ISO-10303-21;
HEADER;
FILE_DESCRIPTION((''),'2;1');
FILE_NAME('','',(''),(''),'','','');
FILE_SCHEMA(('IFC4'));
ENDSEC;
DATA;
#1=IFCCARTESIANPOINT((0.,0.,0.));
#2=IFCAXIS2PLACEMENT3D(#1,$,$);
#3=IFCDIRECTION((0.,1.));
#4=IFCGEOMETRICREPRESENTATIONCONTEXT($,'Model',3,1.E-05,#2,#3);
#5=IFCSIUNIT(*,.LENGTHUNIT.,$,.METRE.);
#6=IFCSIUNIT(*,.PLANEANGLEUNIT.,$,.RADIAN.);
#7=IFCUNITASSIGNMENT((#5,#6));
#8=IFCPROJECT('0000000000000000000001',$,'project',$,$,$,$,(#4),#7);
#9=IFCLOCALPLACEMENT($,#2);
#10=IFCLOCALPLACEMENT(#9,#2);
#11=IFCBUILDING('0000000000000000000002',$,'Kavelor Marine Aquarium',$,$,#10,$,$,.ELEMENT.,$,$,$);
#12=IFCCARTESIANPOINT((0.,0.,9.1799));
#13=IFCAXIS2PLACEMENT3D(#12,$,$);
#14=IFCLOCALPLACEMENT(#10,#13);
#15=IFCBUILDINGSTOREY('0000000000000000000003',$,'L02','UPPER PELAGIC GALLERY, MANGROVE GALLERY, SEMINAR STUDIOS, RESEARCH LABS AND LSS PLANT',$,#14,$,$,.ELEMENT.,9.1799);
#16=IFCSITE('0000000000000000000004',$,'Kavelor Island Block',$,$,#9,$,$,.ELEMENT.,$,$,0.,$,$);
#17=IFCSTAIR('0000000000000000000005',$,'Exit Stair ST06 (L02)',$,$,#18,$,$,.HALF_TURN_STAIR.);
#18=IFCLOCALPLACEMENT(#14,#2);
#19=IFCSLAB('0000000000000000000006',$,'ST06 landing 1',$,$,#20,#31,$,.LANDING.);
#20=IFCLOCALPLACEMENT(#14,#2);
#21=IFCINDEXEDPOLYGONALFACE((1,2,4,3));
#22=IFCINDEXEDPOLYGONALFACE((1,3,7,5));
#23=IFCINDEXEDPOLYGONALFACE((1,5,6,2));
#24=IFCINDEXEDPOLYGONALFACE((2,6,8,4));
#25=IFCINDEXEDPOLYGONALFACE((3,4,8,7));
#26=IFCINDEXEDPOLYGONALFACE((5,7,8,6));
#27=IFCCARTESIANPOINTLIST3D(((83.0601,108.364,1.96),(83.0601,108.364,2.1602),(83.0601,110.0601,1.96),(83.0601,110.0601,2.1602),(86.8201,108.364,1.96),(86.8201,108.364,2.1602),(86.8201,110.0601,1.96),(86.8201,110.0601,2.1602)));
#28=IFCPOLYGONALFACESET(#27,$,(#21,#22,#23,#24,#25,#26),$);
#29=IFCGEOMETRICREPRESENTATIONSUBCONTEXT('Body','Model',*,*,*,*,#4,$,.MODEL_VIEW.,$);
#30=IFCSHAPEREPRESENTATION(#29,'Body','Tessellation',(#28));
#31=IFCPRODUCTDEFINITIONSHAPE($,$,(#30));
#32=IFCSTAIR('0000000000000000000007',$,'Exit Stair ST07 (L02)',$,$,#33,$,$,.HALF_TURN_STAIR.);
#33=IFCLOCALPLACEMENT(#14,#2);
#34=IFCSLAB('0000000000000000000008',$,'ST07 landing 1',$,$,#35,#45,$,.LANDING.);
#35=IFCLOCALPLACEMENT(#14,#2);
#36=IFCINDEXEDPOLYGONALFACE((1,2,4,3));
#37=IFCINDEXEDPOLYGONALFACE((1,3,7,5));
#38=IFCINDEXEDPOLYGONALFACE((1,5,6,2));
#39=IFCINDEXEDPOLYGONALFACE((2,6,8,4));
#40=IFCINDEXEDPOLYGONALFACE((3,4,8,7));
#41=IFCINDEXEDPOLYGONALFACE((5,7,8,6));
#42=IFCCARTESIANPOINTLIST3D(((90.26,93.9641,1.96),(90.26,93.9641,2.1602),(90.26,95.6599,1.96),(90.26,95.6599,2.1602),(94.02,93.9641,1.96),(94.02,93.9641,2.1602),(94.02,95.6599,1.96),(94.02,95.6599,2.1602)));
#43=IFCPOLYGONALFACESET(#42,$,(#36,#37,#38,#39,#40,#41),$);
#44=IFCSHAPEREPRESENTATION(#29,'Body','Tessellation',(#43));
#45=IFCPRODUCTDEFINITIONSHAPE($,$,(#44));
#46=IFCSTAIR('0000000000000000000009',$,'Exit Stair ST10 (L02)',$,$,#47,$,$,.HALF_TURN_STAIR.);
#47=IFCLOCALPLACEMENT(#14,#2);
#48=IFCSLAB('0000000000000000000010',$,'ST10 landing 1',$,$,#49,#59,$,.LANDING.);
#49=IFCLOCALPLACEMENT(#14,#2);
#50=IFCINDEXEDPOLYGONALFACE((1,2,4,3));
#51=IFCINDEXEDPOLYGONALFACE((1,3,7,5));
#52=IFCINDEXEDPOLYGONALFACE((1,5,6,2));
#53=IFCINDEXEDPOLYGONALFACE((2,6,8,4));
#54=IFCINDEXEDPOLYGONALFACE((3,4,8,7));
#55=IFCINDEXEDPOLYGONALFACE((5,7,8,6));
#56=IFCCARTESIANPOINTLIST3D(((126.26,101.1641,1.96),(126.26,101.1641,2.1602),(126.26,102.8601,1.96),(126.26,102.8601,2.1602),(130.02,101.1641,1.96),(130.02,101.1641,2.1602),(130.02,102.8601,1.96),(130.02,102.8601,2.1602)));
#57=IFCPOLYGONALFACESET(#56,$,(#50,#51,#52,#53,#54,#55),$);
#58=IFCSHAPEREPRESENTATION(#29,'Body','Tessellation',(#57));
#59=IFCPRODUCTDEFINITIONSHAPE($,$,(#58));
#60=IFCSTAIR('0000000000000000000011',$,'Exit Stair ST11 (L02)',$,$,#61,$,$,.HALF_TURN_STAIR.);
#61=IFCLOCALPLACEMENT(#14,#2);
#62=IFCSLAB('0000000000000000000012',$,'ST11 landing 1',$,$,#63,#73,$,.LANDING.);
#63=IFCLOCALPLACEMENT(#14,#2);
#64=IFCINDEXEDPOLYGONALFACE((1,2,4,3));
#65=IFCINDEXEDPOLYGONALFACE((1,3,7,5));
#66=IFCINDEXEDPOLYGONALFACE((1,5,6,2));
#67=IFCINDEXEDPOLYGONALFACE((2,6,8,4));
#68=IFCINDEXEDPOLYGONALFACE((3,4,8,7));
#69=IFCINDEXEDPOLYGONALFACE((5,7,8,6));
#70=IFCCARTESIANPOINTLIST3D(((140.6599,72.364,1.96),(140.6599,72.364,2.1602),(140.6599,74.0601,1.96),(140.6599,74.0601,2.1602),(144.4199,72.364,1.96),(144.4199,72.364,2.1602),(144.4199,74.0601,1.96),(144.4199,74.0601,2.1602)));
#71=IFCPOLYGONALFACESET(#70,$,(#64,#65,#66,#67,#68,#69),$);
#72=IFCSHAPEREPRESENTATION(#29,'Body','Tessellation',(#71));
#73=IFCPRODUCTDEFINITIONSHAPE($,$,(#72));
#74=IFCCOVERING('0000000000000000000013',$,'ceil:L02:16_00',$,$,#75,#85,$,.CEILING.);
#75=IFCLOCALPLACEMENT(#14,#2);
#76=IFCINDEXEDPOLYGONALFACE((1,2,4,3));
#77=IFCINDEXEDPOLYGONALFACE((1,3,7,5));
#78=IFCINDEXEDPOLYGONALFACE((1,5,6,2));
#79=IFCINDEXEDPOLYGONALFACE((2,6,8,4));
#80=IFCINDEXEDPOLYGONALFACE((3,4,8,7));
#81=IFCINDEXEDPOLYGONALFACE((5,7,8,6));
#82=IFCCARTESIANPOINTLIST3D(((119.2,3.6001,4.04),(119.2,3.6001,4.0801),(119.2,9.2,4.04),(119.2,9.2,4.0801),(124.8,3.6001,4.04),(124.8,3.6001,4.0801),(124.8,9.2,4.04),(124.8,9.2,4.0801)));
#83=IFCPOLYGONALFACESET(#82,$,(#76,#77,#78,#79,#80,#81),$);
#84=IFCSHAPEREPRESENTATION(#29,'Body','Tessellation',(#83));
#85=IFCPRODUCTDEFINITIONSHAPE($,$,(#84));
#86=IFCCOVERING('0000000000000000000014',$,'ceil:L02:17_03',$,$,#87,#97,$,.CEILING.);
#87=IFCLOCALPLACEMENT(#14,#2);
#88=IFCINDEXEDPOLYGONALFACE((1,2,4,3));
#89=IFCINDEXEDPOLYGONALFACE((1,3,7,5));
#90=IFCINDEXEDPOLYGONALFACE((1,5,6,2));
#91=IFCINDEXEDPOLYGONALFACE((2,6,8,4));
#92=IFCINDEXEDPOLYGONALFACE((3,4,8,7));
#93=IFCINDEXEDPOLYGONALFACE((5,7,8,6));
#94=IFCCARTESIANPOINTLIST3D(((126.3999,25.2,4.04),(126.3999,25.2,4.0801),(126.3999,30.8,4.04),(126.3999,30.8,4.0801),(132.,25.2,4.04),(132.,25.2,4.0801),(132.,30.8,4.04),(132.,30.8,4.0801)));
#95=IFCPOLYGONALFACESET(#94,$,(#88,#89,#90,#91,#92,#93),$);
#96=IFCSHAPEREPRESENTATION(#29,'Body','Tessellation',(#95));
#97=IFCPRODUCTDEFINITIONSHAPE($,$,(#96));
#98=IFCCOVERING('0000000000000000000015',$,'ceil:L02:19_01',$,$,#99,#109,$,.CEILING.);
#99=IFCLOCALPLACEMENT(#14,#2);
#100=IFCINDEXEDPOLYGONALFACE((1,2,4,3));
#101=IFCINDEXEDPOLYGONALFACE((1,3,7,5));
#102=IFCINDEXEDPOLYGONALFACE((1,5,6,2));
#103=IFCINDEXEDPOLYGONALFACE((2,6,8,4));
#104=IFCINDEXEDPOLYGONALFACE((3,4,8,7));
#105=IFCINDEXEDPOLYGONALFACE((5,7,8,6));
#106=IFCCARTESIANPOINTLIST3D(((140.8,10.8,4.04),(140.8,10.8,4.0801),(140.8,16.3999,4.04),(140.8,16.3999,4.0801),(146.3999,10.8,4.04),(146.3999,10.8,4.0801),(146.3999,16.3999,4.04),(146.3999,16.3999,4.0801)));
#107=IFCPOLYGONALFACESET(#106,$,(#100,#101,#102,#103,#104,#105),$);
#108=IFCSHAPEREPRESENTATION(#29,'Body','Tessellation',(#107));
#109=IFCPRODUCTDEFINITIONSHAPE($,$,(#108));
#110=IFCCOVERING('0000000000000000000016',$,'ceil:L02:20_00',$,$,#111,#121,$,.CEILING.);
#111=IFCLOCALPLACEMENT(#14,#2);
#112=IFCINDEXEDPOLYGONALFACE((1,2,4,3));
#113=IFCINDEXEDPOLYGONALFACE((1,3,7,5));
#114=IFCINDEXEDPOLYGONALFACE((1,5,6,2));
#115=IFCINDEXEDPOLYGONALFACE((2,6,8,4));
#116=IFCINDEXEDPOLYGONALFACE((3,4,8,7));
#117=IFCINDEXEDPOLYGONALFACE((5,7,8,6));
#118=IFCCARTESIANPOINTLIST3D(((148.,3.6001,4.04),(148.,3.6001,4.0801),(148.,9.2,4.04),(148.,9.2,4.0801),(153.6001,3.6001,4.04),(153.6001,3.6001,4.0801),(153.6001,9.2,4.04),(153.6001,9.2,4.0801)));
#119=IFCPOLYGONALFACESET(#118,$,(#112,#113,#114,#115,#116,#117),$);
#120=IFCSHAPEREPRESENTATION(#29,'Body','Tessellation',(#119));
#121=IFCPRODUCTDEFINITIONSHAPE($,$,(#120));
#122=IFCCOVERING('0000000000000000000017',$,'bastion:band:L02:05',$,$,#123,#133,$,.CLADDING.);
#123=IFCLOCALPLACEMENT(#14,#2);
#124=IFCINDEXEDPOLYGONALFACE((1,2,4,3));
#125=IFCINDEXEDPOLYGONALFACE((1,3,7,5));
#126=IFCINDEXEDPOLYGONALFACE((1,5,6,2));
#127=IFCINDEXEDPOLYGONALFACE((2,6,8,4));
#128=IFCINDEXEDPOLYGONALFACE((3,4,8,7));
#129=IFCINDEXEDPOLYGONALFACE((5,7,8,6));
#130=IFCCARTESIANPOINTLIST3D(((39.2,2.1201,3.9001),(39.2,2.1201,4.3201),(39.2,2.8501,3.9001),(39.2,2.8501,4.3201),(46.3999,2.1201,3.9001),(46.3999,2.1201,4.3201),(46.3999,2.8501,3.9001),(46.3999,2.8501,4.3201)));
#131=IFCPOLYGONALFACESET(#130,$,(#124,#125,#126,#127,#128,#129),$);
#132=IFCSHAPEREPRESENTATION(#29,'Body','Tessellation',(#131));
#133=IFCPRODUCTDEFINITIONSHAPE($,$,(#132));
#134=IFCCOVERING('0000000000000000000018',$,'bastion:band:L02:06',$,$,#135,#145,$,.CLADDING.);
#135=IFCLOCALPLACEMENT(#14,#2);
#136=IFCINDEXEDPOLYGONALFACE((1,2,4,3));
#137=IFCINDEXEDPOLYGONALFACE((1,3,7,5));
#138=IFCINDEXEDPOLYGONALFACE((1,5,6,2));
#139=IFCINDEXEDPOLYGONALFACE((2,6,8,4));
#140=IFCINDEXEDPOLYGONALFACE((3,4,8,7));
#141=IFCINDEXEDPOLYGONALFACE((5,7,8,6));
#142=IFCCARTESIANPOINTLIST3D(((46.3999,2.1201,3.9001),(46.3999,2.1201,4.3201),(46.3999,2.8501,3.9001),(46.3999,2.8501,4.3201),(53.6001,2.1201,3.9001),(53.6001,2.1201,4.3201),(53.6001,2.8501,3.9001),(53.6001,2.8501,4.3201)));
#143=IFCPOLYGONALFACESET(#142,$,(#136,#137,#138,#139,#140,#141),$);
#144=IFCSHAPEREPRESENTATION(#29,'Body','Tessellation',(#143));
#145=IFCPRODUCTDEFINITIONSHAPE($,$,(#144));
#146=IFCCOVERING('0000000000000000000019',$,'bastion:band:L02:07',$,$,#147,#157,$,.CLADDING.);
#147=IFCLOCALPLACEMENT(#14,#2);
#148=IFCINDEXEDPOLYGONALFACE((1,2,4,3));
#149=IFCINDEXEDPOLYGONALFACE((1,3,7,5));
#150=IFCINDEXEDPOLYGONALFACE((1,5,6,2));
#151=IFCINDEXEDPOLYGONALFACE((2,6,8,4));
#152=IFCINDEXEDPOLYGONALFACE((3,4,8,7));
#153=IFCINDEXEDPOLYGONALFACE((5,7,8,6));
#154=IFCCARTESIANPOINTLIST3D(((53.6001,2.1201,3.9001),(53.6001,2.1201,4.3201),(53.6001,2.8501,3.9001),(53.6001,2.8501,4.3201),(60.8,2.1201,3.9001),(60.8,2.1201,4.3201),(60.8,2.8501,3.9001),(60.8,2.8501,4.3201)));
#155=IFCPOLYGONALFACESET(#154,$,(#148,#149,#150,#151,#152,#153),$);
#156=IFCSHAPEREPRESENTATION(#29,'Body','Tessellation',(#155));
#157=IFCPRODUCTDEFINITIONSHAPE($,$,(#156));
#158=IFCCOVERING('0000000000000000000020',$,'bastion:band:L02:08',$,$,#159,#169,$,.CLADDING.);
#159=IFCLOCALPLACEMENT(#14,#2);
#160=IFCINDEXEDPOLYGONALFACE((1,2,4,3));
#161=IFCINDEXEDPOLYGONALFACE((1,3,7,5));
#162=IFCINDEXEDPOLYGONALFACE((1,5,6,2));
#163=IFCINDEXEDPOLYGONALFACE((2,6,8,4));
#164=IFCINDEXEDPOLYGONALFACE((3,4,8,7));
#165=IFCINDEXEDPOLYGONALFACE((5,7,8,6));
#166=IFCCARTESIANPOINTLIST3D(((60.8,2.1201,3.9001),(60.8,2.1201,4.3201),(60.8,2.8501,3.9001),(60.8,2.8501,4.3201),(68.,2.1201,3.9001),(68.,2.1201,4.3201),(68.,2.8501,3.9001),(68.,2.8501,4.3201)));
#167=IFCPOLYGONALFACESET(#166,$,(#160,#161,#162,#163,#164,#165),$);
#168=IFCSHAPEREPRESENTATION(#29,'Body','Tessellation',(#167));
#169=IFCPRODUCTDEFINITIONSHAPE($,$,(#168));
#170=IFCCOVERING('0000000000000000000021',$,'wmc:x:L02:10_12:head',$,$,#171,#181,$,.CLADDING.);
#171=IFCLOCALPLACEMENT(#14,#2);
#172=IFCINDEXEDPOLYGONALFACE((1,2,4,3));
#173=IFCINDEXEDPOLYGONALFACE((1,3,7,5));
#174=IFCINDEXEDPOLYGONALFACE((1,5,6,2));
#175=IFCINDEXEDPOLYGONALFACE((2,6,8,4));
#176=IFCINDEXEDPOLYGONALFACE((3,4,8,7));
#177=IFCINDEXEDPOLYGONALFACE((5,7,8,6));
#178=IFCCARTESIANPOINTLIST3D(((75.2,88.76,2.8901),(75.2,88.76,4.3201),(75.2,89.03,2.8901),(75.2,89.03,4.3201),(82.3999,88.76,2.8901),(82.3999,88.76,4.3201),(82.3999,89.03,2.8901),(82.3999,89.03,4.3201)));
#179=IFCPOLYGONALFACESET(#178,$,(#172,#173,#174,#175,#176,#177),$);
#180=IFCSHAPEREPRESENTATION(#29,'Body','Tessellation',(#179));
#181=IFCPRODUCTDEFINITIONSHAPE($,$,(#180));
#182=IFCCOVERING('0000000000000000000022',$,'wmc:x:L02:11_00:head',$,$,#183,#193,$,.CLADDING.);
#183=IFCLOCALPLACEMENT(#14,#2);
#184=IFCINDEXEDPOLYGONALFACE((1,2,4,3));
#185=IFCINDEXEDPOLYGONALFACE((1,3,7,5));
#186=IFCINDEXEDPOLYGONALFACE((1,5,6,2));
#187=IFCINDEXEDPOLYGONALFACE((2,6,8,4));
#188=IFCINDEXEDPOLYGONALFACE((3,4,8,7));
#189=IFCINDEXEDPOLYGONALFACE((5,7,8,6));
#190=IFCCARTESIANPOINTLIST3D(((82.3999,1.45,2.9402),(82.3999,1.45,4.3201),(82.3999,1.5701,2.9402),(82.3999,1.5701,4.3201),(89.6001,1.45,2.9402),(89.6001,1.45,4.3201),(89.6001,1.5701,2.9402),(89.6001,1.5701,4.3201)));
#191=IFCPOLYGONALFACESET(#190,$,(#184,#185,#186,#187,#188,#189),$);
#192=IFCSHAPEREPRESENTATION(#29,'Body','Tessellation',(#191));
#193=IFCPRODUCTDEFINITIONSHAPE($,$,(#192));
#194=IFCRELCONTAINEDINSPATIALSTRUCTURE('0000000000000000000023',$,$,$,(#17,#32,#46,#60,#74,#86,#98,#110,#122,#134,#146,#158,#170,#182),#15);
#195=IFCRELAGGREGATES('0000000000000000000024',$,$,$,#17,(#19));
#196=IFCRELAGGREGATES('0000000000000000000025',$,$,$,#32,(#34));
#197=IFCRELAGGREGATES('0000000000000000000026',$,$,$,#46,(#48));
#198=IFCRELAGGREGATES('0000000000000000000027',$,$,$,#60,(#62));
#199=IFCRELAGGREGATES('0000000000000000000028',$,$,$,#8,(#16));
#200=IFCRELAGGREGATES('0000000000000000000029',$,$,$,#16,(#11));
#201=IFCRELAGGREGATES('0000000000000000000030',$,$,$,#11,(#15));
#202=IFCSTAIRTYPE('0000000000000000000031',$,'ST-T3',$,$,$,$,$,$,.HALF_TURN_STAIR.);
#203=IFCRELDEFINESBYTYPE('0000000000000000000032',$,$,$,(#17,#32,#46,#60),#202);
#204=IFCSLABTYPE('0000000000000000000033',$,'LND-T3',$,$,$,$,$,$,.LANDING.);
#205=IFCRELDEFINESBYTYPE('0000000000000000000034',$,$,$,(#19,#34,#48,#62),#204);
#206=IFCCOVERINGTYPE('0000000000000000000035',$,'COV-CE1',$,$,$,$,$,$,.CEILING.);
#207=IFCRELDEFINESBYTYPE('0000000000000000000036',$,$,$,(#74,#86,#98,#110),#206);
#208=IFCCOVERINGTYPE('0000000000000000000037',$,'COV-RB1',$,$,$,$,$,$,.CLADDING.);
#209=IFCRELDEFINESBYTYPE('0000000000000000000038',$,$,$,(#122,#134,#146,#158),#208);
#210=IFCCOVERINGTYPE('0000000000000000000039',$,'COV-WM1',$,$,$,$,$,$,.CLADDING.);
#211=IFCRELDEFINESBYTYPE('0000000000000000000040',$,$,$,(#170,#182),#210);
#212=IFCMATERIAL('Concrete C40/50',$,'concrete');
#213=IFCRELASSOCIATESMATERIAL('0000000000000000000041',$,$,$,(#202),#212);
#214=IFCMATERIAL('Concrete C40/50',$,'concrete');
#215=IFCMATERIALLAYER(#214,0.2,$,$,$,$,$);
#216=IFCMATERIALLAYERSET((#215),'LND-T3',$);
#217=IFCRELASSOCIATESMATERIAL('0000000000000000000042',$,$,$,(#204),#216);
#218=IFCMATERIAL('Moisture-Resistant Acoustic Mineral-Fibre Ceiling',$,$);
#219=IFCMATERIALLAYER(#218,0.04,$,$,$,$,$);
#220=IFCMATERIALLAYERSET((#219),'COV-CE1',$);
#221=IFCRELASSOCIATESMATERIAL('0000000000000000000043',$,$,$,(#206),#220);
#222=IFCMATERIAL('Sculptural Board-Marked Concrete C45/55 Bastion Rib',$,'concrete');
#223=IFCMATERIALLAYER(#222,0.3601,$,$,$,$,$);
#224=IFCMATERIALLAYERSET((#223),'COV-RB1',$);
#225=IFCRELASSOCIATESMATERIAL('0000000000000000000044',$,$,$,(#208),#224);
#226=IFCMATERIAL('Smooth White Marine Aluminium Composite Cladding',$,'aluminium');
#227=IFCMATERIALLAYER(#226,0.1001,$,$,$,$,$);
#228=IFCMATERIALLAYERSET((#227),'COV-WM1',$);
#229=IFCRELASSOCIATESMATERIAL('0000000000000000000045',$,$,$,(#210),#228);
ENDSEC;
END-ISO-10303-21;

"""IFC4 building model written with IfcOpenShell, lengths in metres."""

from ifc_helpers import new_model, si_unit, direction, frame, origin, place, context, subcontext, project, spatial, polyline, outline, extrude, material, layer, layer_set, type_object, element, aggregate, save


model = new_model("IFC4")

# Units and contexts
model_context = context("Model", 3, precision=1e-05, world=origin(), true_north=direction((0.0, 1.0)))
body_context = subcontext(model_context, "Body", "Model", "MODEL_VIEW")
ifc_project = project(units=[si_unit("LENGTHUNIT", "METRE"), si_unit("PLANEANGLEUNIT", "RADIAN")], contexts=[model_context])

# Site, building, storey
site_placement = place(None, origin())
site = spatial("IfcSite", under=ifc_project, at=site_placement, Name="Kavelor Island Block", CompositionType="ELEMENT", RefElevation=0.0)
building_placement = place(site_placement, origin())
building = spatial("IfcBuilding", under=site, at=building_placement, Name="Kavelor Marine Aquarium", CompositionType="ELEMENT")
storey_placement = place(building_placement, frame((0.0, 0.0, 9.1799)))
storey = spatial("IfcBuildingStorey", under=building, at=storey_placement, Name="L02", Description="UPPER PELAGIC GALLERY, MANGROVE GALLERY, SEMINAR STUDIOS, RESEARCH LABS AND LSS PLANT", CompositionType="ELEMENT", Elevation=9.1799)

# Stairs, slabs
ifc_material_1 = material(Name="Concrete C40/50", Category="concrete")
stair_type = type_object("IfcStairType", Name="ST-T3", PredefinedType="HALF_TURN_STAIR", material=ifc_material_1)
stair_1_placement = place(storey_placement, origin())
stair_1 = element("IfcStair", 1, at=stair_1_placement, inside=storey, type_object=stair_type, Name="Exit Stair ST06 (L02)", PredefinedType="HALF_TURN_STAIR")
ifc_material_2 = material(Name="Concrete C40/50", Category="concrete")
ifc_layer_1 = layer(ifc_material_2, 0.2)
ifc_layer_set_1 = layer_set([ifc_layer_1], Name="LND-T3")
slab_type = type_object("IfcSlabType", Name="LND-T3", PredefinedType="LANDING", material=ifc_layer_set_1)
slab_1_placement = place(storey_placement, frame((0.0, 0.0, 1.96)))
slab_1 = element("IfcSlab", 2, at=slab_1_placement, type_object=slab_type, Name="ST06 landing 1", PredefinedType="LANDING", context=body_context, shape_type="SweptSolid", body=[
    extrude(outline(polyline([(83.0601, 108.364), (86.8201, 108.364), (86.8201, 110.0601), (83.0601, 110.0601), (83.0601, 108.364)])), origin(), (0.0, 0.0, 1.0), 0.2002),
])
aggregate(stair_1, [slab_1])
stair_2_placement = place(storey_placement, origin())
stair_2 = element("IfcStair", 3, at=stair_2_placement, inside=storey, type_object=stair_type, Name="Exit Stair ST07 (L02)", PredefinedType="HALF_TURN_STAIR")
slab_2_placement = place(storey_placement, frame((0.0, 0.0, 1.96)))
slab_2 = element("IfcSlab", 4, at=slab_2_placement, type_object=slab_type, Name="ST07 landing 1", PredefinedType="LANDING", context=body_context, shape_type="SweptSolid", body=[
    extrude(outline(polyline([(90.26, 93.9641), (94.02, 93.9641), (94.02, 95.6599), (90.26, 95.6599), (90.26, 93.9641)])), origin(), (0.0, 0.0, 1.0), 0.2002),
])
aggregate(stair_2, [slab_2])
stair_3_placement = place(storey_placement, origin())
stair_3 = element("IfcStair", 5, at=stair_3_placement, inside=storey, type_object=stair_type, Name="Exit Stair ST10 (L02)", PredefinedType="HALF_TURN_STAIR")
slab_3_placement = place(storey_placement, frame((0.0, 0.0, 1.96)))
slab_3 = element("IfcSlab", 6, at=slab_3_placement, type_object=slab_type, Name="ST10 landing 1", PredefinedType="LANDING", context=body_context, shape_type="SweptSolid", body=[
    extrude(outline(polyline([(126.26, 101.1641), (130.02, 101.1641), (130.02, 102.8601), (126.26, 102.8601), (126.26, 101.1641)])), origin(), (0.0, 0.0, 1.0), 0.2002),
])
aggregate(stair_3, [slab_3])
stair_4_placement = place(storey_placement, origin())
stair_4 = element("IfcStair", 7, at=stair_4_placement, inside=storey, type_object=stair_type, Name="Exit Stair ST11 (L02)", PredefinedType="HALF_TURN_STAIR")
slab_4_placement = place(storey_placement, frame((0.0, 0.0, 1.96)))
slab_4 = element("IfcSlab", 8, at=slab_4_placement, type_object=slab_type, Name="ST11 landing 1", PredefinedType="LANDING", context=body_context, shape_type="SweptSolid", body=[
    extrude(outline(polyline([(140.6599, 72.364), (144.4199, 72.364), (144.4199, 74.0601), (140.6599, 74.0601), (140.6599, 72.364)])), origin(), (0.0, 0.0, 1.0), 0.2002),
])
aggregate(stair_4, [slab_4])

# Coverings
ifc_material_3 = material(Name="Moisture-Resistant Acoustic Mineral-Fibre Ceiling")
ifc_layer_2 = layer(ifc_material_3, 0.04)
ifc_layer_set_2 = layer_set([ifc_layer_2], Name="COV-CE1")
covering_type_1 = type_object("IfcCoveringType", Name="COV-CE1", PredefinedType="CEILING", material=ifc_layer_set_2)
covering_1_placement = place(storey_placement, frame((0.0, 0.0, 4.04)))
element("IfcCovering", 9, at=covering_1_placement, inside=storey, type_object=covering_type_1, Name="ceil:L02:16_00", PredefinedType="CEILING", context=body_context, shape_type="SweptSolid", body=[
    extrude(outline(polyline([(119.2, 3.6001), (124.8, 3.6001), (124.8, 9.2), (119.2, 9.2), (119.2, 3.6001)])), origin(), (0.0, 0.0, 1.0), 0.04),
])
covering_2_placement = place(storey_placement, frame((0.0, 0.0, 4.04)))
element("IfcCovering", 10, at=covering_2_placement, inside=storey, type_object=covering_type_1, Name="ceil:L02:17_03", PredefinedType="CEILING", context=body_context, shape_type="SweptSolid", body=[
    extrude(outline(polyline([(126.3999, 25.2), (132.0, 25.2), (132.0, 30.8), (126.3999, 30.8), (126.3999, 25.2)])), origin(), (0.0, 0.0, 1.0), 0.04),
])
covering_3_placement = place(storey_placement, frame((0.0, 0.0, 4.04)))
element("IfcCovering", 11, at=covering_3_placement, inside=storey, type_object=covering_type_1, Name="ceil:L02:19_01", PredefinedType="CEILING", context=body_context, shape_type="SweptSolid", body=[
    extrude(outline(polyline([(140.8, 10.8), (146.3999, 10.8), (146.3999, 16.3999), (140.8, 16.3999), (140.8, 10.8)])), origin(), (0.0, 0.0, 1.0), 0.04),
])
covering_4_placement = place(storey_placement, frame((0.0, 0.0, 4.04)))
element("IfcCovering", 12, at=covering_4_placement, inside=storey, type_object=covering_type_1, Name="ceil:L02:20_00", PredefinedType="CEILING", context=body_context, shape_type="SweptSolid", body=[
    extrude(outline(polyline([(148.0, 3.6001), (153.6001, 3.6001), (153.6001, 9.2), (148.0, 9.2), (148.0, 3.6001)])), origin(), (0.0, 0.0, 1.0), 0.04),
])
ifc_material_4 = material(Name="Sculptural Board-Marked Concrete C45/55 Bastion Rib", Category="concrete")
ifc_layer_3 = layer(ifc_material_4, 0.3601)
ifc_layer_set_3 = layer_set([ifc_layer_3], Name="COV-RB1")
covering_type_2 = type_object("IfcCoveringType", Name="COV-RB1", PredefinedType="CLADDING", material=ifc_layer_set_3)
covering_5_placement = place(storey_placement, frame((0.0, 0.0, 3.9001)))
element("IfcCovering", 13, at=covering_5_placement, inside=storey, type_object=covering_type_2, Name="bastion:band:L02:05", PredefinedType="CLADDING", context=body_context, shape_type="SweptSolid", body=[
    extrude(outline(polyline([(39.2, 2.1201), (46.3999, 2.1201), (46.3999, 2.8501), (39.2, 2.8501), (39.2, 2.1201)])), origin(), (0.0, 0.0, 1.0), 0.4199),
])
covering_6_placement = place(storey_placement, frame((0.0, 0.0, 3.9001)))
element("IfcCovering", 14, at=covering_6_placement, inside=storey, type_object=covering_type_2, Name="bastion:band:L02:06", PredefinedType="CLADDING", context=body_context, shape_type="SweptSolid", body=[
    extrude(outline(polyline([(46.3999, 2.1201), (53.6001, 2.1201), (53.6001, 2.8501), (46.3999, 2.8501), (46.3999, 2.1201)])), origin(), (0.0, 0.0, 1.0), 0.4199),
])
covering_7_placement = place(storey_placement, frame((0.0, 0.0, 3.9001)))
element("IfcCovering", 15, at=covering_7_placement, inside=storey, type_object=covering_type_2, Name="bastion:band:L02:07", PredefinedType="CLADDING", context=body_context, shape_type="SweptSolid", body=[
    extrude(outline(polyline([(53.6001, 2.1201), (60.8, 2.1201), (60.8, 2.8501), (53.6001, 2.8501), (53.6001, 2.1201)])), origin(), (0.0, 0.0, 1.0), 0.4199),
])
covering_8_placement = place(storey_placement, frame((0.0, 0.0, 3.9001)))
element("IfcCovering", 16, at=covering_8_placement, inside=storey, type_object=covering_type_2, Name="bastion:band:L02:08", PredefinedType="CLADDING", context=body_context, shape_type="SweptSolid", body=[
    extrude(outline(polyline([(60.8, 2.1201), (68.0, 2.1201), (68.0, 2.8501), (60.8, 2.8501), (60.8, 2.1201)])), origin(), (0.0, 0.0, 1.0), 0.4199),
])
ifc_material_5 = material(Name="Smooth White Marine Aluminium Composite Cladding", Category="aluminium")
ifc_layer_4 = layer(ifc_material_5, 0.1001)
ifc_layer_set_4 = layer_set([ifc_layer_4], Name="COV-WM1")
covering_type_3 = type_object("IfcCoveringType", Name="COV-WM1", PredefinedType="CLADDING", material=ifc_layer_set_4)
covering_9_placement = place(storey_placement, frame((0.0, 0.0, 2.8901)))
element("IfcCovering", 17, at=covering_9_placement, inside=storey, type_object=covering_type_3, Name="wmc:x:L02:10_12:head", PredefinedType="CLADDING", context=body_context, shape_type="SweptSolid", body=[
    extrude(outline(polyline([(75.2, 88.76), (82.3999, 88.76), (82.3999, 89.03), (75.2, 89.03), (75.2, 88.76)])), origin(), (0.0, 0.0, 1.0), 1.4299),
])
covering_10_placement = place(storey_placement, frame((0.0, 0.0, 2.9402)))
element("IfcCovering", 18, at=covering_10_placement, inside=storey, type_object=covering_type_3, Name="wmc:x:L02:11_00:head", PredefinedType="CLADDING", context=body_context, shape_type="SweptSolid", body=[
    extrude(outline(polyline([(82.3999, 1.45), (89.6001, 1.45), (89.6001, 1.5701), (82.3999, 1.5701), (82.3999, 1.45)])), origin(), (0.0, 0.0, 1.0), 1.3799),
])

save(model, "model.ifc")
